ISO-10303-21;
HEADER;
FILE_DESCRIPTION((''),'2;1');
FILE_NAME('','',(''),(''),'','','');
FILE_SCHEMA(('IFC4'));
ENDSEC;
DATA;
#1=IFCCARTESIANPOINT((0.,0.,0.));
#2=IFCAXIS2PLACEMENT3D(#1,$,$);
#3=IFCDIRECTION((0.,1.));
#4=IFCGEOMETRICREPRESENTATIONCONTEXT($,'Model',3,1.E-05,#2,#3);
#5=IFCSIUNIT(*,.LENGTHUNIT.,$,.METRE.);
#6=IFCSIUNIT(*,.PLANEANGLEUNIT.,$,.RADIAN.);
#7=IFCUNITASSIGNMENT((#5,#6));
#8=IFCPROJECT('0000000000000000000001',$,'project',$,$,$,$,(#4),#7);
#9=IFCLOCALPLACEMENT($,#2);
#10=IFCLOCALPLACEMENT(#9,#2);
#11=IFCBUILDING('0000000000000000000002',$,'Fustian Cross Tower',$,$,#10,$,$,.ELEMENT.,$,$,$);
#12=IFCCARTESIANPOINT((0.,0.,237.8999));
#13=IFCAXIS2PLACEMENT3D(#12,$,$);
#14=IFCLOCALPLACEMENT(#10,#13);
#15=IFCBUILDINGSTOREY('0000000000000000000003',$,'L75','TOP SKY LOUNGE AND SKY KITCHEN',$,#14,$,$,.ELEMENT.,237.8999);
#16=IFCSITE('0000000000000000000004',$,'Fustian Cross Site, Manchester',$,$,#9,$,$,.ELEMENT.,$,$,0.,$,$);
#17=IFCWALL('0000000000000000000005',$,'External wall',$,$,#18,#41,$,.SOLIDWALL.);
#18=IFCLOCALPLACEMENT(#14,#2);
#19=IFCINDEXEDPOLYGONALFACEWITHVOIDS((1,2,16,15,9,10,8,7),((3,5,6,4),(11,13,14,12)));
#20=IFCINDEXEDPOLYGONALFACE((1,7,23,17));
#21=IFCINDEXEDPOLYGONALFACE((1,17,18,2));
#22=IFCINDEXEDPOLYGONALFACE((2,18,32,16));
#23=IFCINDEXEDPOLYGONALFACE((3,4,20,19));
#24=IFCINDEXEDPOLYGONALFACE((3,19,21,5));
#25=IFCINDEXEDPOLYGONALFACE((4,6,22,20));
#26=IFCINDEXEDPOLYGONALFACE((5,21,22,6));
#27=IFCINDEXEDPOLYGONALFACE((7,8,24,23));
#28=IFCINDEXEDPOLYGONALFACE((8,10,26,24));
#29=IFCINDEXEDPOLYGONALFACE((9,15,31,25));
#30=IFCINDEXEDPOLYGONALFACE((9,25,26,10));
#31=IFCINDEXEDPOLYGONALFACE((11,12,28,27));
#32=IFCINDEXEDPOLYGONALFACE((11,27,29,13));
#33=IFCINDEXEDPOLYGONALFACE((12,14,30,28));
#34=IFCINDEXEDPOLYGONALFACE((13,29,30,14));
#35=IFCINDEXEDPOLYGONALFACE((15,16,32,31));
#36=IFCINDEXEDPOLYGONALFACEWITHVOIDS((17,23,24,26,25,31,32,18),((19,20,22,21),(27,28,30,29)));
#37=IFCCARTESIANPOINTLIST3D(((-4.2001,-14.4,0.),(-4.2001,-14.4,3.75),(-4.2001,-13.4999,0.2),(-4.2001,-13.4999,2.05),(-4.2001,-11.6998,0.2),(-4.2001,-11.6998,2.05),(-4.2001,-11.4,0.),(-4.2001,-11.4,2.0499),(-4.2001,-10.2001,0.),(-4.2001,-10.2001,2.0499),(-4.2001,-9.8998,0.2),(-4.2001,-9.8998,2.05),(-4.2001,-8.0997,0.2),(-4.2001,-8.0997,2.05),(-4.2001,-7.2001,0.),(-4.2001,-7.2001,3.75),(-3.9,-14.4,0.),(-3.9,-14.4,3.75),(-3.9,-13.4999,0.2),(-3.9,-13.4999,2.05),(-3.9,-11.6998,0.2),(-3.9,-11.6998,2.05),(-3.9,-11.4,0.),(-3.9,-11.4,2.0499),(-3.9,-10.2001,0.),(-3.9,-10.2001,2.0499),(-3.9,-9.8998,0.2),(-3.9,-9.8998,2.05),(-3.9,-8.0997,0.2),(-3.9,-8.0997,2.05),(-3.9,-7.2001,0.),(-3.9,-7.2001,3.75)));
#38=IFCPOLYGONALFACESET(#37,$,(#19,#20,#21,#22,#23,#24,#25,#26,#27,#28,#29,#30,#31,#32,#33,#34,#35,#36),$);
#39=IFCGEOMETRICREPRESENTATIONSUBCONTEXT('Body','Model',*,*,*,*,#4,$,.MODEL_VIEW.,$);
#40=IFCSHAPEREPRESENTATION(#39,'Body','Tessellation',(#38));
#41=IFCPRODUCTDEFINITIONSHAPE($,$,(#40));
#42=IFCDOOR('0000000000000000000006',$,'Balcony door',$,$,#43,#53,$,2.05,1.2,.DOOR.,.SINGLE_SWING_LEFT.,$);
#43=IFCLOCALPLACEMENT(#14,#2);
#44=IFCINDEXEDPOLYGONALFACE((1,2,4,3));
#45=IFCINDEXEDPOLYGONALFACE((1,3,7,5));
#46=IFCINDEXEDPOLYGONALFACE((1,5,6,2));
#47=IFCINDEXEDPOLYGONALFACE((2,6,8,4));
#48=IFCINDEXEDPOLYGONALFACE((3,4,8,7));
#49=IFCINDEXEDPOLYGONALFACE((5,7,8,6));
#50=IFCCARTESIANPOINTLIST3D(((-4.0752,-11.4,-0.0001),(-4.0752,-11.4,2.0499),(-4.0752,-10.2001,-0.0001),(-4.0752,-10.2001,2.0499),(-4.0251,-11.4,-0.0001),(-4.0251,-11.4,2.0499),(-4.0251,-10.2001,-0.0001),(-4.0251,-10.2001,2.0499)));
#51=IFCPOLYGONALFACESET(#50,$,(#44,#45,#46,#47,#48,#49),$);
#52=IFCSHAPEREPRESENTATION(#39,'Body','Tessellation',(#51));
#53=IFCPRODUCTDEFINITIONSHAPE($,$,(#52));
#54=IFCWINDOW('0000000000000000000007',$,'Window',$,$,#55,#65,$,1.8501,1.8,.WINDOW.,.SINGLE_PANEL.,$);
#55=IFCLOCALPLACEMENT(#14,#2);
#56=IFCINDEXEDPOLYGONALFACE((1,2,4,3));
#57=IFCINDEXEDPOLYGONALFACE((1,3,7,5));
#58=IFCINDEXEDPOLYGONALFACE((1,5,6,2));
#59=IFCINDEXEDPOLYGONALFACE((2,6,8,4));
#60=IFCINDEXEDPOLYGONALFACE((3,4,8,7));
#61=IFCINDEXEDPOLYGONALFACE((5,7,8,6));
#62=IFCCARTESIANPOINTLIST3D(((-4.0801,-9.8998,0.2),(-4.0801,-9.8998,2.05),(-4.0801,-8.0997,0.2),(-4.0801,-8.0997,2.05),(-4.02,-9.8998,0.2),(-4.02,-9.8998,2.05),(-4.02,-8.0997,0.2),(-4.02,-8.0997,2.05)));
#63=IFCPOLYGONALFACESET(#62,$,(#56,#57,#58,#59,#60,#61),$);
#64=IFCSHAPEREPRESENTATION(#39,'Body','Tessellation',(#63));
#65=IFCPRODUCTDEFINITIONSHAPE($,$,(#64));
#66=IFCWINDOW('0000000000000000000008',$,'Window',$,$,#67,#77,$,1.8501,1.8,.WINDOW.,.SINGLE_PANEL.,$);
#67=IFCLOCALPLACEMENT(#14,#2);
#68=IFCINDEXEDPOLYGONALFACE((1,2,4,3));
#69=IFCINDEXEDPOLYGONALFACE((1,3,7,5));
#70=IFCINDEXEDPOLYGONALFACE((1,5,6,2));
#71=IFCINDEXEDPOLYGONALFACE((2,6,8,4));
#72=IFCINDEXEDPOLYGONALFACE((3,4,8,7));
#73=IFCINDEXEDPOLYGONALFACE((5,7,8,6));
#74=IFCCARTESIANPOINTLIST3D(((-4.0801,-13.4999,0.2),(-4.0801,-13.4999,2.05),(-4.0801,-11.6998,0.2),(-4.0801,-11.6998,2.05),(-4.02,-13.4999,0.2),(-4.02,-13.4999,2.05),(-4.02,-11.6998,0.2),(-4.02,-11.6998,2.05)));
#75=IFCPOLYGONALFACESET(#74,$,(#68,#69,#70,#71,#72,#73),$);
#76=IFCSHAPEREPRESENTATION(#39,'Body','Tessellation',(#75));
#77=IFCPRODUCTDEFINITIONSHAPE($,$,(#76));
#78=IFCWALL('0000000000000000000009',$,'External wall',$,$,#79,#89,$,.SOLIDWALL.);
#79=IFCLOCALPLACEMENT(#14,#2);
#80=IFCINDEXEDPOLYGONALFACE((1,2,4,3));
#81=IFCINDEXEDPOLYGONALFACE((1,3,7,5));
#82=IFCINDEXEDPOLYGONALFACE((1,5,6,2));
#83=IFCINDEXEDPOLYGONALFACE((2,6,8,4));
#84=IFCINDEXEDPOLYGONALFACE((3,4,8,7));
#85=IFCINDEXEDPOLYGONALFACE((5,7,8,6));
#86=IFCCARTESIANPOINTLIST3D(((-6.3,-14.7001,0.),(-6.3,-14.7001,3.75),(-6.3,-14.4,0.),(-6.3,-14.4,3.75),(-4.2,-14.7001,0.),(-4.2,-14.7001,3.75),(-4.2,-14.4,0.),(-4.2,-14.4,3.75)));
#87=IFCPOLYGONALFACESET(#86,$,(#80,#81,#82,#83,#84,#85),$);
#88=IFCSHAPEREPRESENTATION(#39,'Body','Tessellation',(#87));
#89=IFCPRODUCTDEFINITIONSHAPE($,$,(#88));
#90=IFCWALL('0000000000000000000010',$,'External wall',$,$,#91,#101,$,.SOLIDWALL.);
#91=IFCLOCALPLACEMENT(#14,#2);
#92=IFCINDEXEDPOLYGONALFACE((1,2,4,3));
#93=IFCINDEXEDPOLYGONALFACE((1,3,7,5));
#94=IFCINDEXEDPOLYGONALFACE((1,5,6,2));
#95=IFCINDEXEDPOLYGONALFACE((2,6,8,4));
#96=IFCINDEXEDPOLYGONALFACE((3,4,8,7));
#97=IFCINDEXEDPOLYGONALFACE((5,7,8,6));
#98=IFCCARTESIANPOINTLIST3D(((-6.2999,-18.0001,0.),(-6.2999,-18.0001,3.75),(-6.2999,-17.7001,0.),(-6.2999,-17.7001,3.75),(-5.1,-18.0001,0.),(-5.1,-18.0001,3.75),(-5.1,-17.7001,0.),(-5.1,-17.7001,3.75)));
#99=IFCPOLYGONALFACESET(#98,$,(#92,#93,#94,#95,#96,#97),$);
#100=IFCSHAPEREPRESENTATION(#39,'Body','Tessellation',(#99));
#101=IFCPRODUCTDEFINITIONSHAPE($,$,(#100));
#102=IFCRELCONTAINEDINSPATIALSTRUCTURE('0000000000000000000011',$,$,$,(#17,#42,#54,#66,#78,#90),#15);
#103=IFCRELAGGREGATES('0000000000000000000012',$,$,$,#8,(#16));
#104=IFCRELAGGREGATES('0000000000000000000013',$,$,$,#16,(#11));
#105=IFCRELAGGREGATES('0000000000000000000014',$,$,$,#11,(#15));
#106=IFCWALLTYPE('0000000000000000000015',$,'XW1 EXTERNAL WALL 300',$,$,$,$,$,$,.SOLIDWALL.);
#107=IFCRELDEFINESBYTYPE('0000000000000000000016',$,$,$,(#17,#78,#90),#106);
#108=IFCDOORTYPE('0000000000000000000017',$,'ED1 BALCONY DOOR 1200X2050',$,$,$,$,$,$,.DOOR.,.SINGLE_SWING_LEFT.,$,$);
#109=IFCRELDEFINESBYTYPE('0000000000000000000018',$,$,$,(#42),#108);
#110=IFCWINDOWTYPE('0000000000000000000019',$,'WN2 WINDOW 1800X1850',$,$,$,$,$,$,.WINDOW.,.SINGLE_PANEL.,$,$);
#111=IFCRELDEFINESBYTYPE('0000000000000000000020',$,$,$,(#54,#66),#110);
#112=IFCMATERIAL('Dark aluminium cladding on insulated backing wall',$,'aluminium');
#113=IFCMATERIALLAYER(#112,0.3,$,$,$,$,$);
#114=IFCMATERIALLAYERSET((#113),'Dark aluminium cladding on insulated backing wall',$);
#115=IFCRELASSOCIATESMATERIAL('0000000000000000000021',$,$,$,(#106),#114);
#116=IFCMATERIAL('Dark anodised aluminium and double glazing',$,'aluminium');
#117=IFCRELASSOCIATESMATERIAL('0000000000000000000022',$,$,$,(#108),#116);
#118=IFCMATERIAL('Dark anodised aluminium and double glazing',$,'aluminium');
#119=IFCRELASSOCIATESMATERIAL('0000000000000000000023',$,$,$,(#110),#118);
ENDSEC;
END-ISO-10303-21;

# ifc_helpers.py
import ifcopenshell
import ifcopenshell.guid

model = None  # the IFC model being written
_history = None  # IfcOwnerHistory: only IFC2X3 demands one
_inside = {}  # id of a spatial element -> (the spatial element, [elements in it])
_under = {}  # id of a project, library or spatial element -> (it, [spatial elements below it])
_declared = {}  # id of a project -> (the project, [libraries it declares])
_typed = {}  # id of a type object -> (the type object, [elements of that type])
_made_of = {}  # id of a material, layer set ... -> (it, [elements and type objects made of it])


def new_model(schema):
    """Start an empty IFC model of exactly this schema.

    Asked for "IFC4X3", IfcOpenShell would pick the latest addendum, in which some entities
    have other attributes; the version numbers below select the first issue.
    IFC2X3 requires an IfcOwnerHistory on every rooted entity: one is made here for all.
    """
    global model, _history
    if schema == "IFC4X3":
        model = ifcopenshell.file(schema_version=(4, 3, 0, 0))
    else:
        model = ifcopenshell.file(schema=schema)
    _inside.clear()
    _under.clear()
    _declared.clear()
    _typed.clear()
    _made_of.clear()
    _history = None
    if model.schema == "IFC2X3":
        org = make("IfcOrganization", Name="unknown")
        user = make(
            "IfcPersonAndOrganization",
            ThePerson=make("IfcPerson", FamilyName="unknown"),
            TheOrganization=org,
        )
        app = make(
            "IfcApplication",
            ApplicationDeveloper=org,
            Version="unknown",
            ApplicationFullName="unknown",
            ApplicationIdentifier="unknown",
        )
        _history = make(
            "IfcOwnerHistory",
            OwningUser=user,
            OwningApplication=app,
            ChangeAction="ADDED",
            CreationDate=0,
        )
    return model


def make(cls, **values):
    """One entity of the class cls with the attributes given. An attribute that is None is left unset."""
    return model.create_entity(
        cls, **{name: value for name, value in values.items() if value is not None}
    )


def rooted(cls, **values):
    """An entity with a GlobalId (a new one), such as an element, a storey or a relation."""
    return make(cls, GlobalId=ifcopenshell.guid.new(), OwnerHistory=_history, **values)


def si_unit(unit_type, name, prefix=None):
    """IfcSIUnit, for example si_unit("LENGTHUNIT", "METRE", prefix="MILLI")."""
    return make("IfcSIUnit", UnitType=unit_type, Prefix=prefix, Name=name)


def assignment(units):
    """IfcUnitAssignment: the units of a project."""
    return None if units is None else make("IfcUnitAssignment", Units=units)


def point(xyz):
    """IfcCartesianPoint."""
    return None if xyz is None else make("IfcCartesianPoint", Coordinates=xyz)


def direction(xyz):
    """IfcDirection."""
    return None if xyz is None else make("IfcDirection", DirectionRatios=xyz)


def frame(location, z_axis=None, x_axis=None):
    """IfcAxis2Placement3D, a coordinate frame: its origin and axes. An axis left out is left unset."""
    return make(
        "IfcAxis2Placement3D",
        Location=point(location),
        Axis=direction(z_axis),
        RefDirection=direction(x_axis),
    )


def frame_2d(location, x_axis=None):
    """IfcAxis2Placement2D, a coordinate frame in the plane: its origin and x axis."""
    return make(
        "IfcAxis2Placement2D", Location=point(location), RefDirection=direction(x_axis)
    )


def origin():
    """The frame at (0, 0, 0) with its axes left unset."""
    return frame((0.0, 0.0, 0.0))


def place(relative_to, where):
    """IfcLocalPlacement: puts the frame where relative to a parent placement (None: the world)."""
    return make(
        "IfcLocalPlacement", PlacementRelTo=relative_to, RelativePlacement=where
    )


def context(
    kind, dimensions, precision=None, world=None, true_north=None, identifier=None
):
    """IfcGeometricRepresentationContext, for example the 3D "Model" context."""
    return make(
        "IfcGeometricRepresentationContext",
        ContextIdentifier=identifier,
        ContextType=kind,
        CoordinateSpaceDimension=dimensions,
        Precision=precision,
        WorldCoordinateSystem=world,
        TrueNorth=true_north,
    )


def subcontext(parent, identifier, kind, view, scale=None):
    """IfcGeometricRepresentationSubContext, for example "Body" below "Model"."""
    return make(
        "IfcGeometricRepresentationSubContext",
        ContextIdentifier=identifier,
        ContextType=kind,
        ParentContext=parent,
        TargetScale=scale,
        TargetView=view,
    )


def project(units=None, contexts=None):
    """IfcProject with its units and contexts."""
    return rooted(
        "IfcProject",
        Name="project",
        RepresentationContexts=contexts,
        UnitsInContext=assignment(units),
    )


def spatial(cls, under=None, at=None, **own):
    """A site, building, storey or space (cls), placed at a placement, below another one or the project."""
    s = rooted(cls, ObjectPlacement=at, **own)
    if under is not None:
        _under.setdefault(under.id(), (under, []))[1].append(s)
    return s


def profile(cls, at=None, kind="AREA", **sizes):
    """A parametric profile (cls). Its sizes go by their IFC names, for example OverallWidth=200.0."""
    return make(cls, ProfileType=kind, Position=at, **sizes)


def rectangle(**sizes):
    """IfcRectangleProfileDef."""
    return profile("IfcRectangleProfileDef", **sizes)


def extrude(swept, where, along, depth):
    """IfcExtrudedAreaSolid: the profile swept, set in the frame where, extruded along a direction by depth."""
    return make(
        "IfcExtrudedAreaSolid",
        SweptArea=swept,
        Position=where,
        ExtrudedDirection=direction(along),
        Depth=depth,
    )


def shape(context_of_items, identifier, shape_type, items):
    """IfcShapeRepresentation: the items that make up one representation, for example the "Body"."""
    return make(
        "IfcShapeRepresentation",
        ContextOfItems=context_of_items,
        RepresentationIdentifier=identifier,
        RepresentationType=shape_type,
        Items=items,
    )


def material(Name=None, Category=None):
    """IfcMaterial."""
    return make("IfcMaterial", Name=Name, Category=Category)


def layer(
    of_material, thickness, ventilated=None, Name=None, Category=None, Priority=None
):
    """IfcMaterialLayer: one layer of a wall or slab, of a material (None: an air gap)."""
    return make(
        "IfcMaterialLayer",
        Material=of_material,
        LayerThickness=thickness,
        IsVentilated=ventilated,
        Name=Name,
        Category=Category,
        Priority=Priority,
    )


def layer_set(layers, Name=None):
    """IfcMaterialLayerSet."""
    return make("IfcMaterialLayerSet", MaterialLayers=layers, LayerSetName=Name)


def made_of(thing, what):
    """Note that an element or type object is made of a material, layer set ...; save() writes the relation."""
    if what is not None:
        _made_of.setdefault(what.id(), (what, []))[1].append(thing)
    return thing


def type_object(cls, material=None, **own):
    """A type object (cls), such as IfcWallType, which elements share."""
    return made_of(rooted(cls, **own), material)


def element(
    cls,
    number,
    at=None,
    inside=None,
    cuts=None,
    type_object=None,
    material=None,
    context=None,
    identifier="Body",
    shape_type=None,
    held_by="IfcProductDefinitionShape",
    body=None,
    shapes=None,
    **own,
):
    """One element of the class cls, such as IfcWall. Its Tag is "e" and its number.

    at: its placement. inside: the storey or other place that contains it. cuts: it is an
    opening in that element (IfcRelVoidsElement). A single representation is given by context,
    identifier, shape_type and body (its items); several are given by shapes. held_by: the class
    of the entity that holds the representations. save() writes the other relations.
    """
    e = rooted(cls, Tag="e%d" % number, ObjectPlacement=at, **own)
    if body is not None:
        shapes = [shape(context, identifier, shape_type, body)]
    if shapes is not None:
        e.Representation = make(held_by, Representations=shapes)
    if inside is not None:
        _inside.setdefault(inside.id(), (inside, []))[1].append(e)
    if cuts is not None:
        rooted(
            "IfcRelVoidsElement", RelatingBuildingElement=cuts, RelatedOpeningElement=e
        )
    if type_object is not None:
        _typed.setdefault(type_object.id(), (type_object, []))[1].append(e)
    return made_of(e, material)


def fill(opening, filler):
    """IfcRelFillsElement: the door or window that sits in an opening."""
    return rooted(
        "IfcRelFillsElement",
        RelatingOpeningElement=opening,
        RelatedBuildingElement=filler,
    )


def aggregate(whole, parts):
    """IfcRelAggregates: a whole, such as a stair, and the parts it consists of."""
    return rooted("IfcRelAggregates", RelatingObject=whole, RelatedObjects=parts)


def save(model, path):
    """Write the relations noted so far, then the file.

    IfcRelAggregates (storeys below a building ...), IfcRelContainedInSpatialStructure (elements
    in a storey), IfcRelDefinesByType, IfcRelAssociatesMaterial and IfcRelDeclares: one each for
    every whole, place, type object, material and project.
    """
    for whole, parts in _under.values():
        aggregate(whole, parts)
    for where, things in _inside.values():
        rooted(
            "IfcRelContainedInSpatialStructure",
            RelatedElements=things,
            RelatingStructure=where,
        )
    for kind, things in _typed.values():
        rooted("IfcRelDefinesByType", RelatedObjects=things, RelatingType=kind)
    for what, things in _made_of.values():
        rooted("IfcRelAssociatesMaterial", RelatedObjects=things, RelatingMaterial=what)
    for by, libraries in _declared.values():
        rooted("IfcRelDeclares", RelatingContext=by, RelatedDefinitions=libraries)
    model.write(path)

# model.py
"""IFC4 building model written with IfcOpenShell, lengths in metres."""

from ifc_helpers import new_model, si_unit, direction, frame, frame_2d, origin, place, context, subcontext, project, spatial, rectangle, extrude, material, layer, layer_set, type_object, element, fill, save


model = new_model("IFC4")

# Units and contexts
model_context = context("Model", 3, precision=1e-05, world=origin(), true_north=direction((0.0, 1.0)))
body_context = subcontext(model_context, "Body", "Model", "MODEL_VIEW")
ifc_project = project(units=[si_unit("LENGTHUNIT", "METRE"), si_unit("PLANEANGLEUNIT", "RADIAN")], contexts=[model_context])

# Site, building, storey
site_placement = place(None, origin())
site = spatial("IfcSite", under=ifc_project, at=site_placement, Name="Fustian Cross Site, Manchester", CompositionType="ELEMENT", RefElevation=0.0)
building_placement = place(site_placement, origin())
building = spatial("IfcBuilding", under=site, at=building_placement, Name="Fustian Cross Tower", CompositionType="ELEMENT")
storey_placement = place(building_placement, frame((0.0, 0.0, 237.8999)))
storey = spatial("IfcBuildingStorey", under=building, at=storey_placement, Name="L75", Description="TOP SKY LOUNGE AND SKY KITCHEN", CompositionType="ELEMENT", Elevation=237.8999)

# Wall, openings, door, windows
ifc_material_1 = material(Name="Dark aluminium cladding on insulated backing wall", Category="aluminium")
ifc_layer_1 = layer(ifc_material_1, 0.3)
ifc_layer_set_1 = layer_set([ifc_layer_1], Name="Dark aluminium cladding on insulated backing wall")
wall_type_1 = type_object("IfcWallType", Name="XW1 EXTERNAL WALL 300", PredefinedType="SOLIDWALL", material=ifc_layer_set_1)
wall_1_placement = place(storey_placement, frame((-4.05, -7.2, 0.0), z_axis=(0.0, 0.0, 1.0), x_axis=(0.0, -1.0, 0.0)))
wall_1 = element("IfcWall", 1, at=wall_1_placement, inside=storey, type_object=wall_type_1, Name="External wall", PredefinedType="SOLIDWALL", context=body_context, shape_type="SweptSolid", body=[
    extrude(rectangle(XDim=7.2, YDim=0.3, at=frame_2d((3.6001, 0.0))), origin(), (0.0, 0.0, 1.0), 3.75),
])
opening_1_placement = place(wall_1_placement, frame((3.0, 0.0, 0.0)))
opening_1 = element("IfcOpeningElement", 2, at=opening_1_placement, cuts=wall_1, PredefinedType="OPENING", context=body_context, shape_type="SweptSolid", body=[
    extrude(rectangle(XDim=1.2, YDim=2.05, at=frame_2d((0.6001, 1.0249))), frame((0.0, 0.1599, 0.0), z_axis=(0.0, -1.0, 0.0), x_axis=(1.0, 0.0, 0.0)), (0.0, 0.0, 1.0), 0.3201),
])
opening_2_placement = place(wall_1_placement, frame((0.8999, 0.0, 0.2)))
opening_2 = element("IfcOpeningElement", 3, at=opening_2_placement, cuts=wall_1, PredefinedType="OPENING", context=body_context, shape_type="SweptSolid", body=[
    extrude(rectangle(XDim=1.8, YDim=1.8501, at=frame_2d((0.8999, 0.925))), frame((0.0, 0.1599, 0.0), z_axis=(0.0, -1.0, 0.0), x_axis=(1.0, 0.0, 0.0)), (0.0, 0.0, 1.0), 0.3201),
])
opening_3_placement = place(wall_1_placement, frame((4.5, 0.0, 0.2)))
opening_3 = element("IfcOpeningElement", 4, at=opening_3_placement, cuts=wall_1, PredefinedType="OPENING", context=body_context, shape_type="SweptSolid", body=[
    extrude(rectangle(XDim=1.8, YDim=1.8501, at=frame_2d((0.8999, 0.925))), frame((0.0, 0.1599, 0.0), z_axis=(0.0, -1.0, 0.0), x_axis=(1.0, 0.0, 0.0)), (0.0, 0.0, 1.0), 0.3201),
])
ifc_material_2 = material(Name="Dark anodised aluminium and double glazing", Category="aluminium")
door_type_1 = type_object("IfcDoorType", Name="ED1 BALCONY DOOR 1200X2050", OperationType="SINGLE_SWING_LEFT", PredefinedType="DOOR", material=ifc_material_2)
door_1_placement = place(opening_1_placement, origin())
door_1 = element("IfcDoor", 5, at=door_1_placement, inside=storey, type_object=door_type_1, Name="Balcony door", OperationType="SINGLE_SWING_LEFT", OverallHeight=2.05, OverallWidth=1.2, PredefinedType="DOOR", context=body_context, shape_type="SweptSolid", body=[
    extrude(rectangle(XDim=1.2, YDim=2.05, at=frame_2d((0.6001, 1.0249))), frame((0.0, 0.0249, 0.0), z_axis=(0.0, -1.0, 0.0), x_axis=(1.0, 0.0, 0.0)), (0.0, 0.0, 1.0), 0.05),
])
fill(opening_1, door_1)
ifc_material_3 = material(Name="Dark anodised aluminium and double glazing", Category="aluminium")
window_type = type_object("IfcWindowType", Name="WN2 WINDOW 1800X1850", PartitioningType="SINGLE_PANEL", PredefinedType="WINDOW", material=ifc_material_3)
window_1_placement = place(opening_2_placement, origin())
window_1 = element("IfcWindow", 6, at=window_1_placement, inside=storey, type_object=window_type, Name="Window", OverallHeight=1.8501, OverallWidth=1.8, PartitioningType="SINGLE_PANEL", PredefinedType="WINDOW", context=body_context, shape_type="SweptSolid", body=[
    extrude(rectangle(XDim=1.8, YDim=1.8501, at=frame_2d((0.8999, 0.925))), frame((0.0, 0.03, 0.0), z_axis=(0.0, -1.0, 0.0), x_axis=(1.0, 0.0, 0.0)), (0.0, 0.0, 1.0), 0.0601),
])
fill(opening_2, window_1)
window_2_placement = place(opening_3_placement, origin())
window_2 = element("IfcWindow", 7, at=window_2_placement, inside=storey, type_object=window_type, Name="Window", OverallHeight=1.8501, OverallWidth=1.8, PartitioningType="SINGLE_PANEL", PredefinedType="WINDOW", context=body_context, shape_type="SweptSolid", body=[
    extrude(rectangle(XDim=1.8, YDim=1.8501, at=frame_2d((0.8999, 0.925))), frame((0.0, 0.03, 0.0), z_axis=(0.0, -1.0, 0.0), x_axis=(1.0, 0.0, 0.0)), (0.0, 0.0, 1.0), 0.0601),
])
fill(opening_3, window_2)

# Walls
wall_2_placement = place(storey_placement, frame((-4.2, -14.55, 0.0), z_axis=(0.0, 0.0, 1.0), x_axis=(-1.0, 0.0, 0.0)))
element("IfcWall", 8, at=wall_2_placement, inside=storey, type_object=wall_type_1, Name="External wall", PredefinedType="SOLIDWALL", context=body_context, shape_type="SweptSolid", body=[
    extrude(rectangle(XDim=2.1001, YDim=0.3, at=frame_2d((1.05, 0.0))), origin(), (0.0, 0.0, 1.0), 3.75),
])
wall_3_placement = place(storey_placement, frame((-6.3, -17.8501, 0.0), z_axis=(0.0, 0.0, 1.0), x_axis=(1.0, 0.0, 0.0)))
element("IfcWall", 9, at=wall_3_placement, inside=storey, type_object=wall_type_1, Name="External wall", PredefinedType="SOLIDWALL", context=body_context, shape_type="SweptSolid", body=[
    extrude(rectangle(XDim=1.2, YDim=0.3, at=frame_2d((0.6001, 0.0))), origin(), (0.0, 0.0, 1.0), 3.75),
])

save(model, "model.ifc")
